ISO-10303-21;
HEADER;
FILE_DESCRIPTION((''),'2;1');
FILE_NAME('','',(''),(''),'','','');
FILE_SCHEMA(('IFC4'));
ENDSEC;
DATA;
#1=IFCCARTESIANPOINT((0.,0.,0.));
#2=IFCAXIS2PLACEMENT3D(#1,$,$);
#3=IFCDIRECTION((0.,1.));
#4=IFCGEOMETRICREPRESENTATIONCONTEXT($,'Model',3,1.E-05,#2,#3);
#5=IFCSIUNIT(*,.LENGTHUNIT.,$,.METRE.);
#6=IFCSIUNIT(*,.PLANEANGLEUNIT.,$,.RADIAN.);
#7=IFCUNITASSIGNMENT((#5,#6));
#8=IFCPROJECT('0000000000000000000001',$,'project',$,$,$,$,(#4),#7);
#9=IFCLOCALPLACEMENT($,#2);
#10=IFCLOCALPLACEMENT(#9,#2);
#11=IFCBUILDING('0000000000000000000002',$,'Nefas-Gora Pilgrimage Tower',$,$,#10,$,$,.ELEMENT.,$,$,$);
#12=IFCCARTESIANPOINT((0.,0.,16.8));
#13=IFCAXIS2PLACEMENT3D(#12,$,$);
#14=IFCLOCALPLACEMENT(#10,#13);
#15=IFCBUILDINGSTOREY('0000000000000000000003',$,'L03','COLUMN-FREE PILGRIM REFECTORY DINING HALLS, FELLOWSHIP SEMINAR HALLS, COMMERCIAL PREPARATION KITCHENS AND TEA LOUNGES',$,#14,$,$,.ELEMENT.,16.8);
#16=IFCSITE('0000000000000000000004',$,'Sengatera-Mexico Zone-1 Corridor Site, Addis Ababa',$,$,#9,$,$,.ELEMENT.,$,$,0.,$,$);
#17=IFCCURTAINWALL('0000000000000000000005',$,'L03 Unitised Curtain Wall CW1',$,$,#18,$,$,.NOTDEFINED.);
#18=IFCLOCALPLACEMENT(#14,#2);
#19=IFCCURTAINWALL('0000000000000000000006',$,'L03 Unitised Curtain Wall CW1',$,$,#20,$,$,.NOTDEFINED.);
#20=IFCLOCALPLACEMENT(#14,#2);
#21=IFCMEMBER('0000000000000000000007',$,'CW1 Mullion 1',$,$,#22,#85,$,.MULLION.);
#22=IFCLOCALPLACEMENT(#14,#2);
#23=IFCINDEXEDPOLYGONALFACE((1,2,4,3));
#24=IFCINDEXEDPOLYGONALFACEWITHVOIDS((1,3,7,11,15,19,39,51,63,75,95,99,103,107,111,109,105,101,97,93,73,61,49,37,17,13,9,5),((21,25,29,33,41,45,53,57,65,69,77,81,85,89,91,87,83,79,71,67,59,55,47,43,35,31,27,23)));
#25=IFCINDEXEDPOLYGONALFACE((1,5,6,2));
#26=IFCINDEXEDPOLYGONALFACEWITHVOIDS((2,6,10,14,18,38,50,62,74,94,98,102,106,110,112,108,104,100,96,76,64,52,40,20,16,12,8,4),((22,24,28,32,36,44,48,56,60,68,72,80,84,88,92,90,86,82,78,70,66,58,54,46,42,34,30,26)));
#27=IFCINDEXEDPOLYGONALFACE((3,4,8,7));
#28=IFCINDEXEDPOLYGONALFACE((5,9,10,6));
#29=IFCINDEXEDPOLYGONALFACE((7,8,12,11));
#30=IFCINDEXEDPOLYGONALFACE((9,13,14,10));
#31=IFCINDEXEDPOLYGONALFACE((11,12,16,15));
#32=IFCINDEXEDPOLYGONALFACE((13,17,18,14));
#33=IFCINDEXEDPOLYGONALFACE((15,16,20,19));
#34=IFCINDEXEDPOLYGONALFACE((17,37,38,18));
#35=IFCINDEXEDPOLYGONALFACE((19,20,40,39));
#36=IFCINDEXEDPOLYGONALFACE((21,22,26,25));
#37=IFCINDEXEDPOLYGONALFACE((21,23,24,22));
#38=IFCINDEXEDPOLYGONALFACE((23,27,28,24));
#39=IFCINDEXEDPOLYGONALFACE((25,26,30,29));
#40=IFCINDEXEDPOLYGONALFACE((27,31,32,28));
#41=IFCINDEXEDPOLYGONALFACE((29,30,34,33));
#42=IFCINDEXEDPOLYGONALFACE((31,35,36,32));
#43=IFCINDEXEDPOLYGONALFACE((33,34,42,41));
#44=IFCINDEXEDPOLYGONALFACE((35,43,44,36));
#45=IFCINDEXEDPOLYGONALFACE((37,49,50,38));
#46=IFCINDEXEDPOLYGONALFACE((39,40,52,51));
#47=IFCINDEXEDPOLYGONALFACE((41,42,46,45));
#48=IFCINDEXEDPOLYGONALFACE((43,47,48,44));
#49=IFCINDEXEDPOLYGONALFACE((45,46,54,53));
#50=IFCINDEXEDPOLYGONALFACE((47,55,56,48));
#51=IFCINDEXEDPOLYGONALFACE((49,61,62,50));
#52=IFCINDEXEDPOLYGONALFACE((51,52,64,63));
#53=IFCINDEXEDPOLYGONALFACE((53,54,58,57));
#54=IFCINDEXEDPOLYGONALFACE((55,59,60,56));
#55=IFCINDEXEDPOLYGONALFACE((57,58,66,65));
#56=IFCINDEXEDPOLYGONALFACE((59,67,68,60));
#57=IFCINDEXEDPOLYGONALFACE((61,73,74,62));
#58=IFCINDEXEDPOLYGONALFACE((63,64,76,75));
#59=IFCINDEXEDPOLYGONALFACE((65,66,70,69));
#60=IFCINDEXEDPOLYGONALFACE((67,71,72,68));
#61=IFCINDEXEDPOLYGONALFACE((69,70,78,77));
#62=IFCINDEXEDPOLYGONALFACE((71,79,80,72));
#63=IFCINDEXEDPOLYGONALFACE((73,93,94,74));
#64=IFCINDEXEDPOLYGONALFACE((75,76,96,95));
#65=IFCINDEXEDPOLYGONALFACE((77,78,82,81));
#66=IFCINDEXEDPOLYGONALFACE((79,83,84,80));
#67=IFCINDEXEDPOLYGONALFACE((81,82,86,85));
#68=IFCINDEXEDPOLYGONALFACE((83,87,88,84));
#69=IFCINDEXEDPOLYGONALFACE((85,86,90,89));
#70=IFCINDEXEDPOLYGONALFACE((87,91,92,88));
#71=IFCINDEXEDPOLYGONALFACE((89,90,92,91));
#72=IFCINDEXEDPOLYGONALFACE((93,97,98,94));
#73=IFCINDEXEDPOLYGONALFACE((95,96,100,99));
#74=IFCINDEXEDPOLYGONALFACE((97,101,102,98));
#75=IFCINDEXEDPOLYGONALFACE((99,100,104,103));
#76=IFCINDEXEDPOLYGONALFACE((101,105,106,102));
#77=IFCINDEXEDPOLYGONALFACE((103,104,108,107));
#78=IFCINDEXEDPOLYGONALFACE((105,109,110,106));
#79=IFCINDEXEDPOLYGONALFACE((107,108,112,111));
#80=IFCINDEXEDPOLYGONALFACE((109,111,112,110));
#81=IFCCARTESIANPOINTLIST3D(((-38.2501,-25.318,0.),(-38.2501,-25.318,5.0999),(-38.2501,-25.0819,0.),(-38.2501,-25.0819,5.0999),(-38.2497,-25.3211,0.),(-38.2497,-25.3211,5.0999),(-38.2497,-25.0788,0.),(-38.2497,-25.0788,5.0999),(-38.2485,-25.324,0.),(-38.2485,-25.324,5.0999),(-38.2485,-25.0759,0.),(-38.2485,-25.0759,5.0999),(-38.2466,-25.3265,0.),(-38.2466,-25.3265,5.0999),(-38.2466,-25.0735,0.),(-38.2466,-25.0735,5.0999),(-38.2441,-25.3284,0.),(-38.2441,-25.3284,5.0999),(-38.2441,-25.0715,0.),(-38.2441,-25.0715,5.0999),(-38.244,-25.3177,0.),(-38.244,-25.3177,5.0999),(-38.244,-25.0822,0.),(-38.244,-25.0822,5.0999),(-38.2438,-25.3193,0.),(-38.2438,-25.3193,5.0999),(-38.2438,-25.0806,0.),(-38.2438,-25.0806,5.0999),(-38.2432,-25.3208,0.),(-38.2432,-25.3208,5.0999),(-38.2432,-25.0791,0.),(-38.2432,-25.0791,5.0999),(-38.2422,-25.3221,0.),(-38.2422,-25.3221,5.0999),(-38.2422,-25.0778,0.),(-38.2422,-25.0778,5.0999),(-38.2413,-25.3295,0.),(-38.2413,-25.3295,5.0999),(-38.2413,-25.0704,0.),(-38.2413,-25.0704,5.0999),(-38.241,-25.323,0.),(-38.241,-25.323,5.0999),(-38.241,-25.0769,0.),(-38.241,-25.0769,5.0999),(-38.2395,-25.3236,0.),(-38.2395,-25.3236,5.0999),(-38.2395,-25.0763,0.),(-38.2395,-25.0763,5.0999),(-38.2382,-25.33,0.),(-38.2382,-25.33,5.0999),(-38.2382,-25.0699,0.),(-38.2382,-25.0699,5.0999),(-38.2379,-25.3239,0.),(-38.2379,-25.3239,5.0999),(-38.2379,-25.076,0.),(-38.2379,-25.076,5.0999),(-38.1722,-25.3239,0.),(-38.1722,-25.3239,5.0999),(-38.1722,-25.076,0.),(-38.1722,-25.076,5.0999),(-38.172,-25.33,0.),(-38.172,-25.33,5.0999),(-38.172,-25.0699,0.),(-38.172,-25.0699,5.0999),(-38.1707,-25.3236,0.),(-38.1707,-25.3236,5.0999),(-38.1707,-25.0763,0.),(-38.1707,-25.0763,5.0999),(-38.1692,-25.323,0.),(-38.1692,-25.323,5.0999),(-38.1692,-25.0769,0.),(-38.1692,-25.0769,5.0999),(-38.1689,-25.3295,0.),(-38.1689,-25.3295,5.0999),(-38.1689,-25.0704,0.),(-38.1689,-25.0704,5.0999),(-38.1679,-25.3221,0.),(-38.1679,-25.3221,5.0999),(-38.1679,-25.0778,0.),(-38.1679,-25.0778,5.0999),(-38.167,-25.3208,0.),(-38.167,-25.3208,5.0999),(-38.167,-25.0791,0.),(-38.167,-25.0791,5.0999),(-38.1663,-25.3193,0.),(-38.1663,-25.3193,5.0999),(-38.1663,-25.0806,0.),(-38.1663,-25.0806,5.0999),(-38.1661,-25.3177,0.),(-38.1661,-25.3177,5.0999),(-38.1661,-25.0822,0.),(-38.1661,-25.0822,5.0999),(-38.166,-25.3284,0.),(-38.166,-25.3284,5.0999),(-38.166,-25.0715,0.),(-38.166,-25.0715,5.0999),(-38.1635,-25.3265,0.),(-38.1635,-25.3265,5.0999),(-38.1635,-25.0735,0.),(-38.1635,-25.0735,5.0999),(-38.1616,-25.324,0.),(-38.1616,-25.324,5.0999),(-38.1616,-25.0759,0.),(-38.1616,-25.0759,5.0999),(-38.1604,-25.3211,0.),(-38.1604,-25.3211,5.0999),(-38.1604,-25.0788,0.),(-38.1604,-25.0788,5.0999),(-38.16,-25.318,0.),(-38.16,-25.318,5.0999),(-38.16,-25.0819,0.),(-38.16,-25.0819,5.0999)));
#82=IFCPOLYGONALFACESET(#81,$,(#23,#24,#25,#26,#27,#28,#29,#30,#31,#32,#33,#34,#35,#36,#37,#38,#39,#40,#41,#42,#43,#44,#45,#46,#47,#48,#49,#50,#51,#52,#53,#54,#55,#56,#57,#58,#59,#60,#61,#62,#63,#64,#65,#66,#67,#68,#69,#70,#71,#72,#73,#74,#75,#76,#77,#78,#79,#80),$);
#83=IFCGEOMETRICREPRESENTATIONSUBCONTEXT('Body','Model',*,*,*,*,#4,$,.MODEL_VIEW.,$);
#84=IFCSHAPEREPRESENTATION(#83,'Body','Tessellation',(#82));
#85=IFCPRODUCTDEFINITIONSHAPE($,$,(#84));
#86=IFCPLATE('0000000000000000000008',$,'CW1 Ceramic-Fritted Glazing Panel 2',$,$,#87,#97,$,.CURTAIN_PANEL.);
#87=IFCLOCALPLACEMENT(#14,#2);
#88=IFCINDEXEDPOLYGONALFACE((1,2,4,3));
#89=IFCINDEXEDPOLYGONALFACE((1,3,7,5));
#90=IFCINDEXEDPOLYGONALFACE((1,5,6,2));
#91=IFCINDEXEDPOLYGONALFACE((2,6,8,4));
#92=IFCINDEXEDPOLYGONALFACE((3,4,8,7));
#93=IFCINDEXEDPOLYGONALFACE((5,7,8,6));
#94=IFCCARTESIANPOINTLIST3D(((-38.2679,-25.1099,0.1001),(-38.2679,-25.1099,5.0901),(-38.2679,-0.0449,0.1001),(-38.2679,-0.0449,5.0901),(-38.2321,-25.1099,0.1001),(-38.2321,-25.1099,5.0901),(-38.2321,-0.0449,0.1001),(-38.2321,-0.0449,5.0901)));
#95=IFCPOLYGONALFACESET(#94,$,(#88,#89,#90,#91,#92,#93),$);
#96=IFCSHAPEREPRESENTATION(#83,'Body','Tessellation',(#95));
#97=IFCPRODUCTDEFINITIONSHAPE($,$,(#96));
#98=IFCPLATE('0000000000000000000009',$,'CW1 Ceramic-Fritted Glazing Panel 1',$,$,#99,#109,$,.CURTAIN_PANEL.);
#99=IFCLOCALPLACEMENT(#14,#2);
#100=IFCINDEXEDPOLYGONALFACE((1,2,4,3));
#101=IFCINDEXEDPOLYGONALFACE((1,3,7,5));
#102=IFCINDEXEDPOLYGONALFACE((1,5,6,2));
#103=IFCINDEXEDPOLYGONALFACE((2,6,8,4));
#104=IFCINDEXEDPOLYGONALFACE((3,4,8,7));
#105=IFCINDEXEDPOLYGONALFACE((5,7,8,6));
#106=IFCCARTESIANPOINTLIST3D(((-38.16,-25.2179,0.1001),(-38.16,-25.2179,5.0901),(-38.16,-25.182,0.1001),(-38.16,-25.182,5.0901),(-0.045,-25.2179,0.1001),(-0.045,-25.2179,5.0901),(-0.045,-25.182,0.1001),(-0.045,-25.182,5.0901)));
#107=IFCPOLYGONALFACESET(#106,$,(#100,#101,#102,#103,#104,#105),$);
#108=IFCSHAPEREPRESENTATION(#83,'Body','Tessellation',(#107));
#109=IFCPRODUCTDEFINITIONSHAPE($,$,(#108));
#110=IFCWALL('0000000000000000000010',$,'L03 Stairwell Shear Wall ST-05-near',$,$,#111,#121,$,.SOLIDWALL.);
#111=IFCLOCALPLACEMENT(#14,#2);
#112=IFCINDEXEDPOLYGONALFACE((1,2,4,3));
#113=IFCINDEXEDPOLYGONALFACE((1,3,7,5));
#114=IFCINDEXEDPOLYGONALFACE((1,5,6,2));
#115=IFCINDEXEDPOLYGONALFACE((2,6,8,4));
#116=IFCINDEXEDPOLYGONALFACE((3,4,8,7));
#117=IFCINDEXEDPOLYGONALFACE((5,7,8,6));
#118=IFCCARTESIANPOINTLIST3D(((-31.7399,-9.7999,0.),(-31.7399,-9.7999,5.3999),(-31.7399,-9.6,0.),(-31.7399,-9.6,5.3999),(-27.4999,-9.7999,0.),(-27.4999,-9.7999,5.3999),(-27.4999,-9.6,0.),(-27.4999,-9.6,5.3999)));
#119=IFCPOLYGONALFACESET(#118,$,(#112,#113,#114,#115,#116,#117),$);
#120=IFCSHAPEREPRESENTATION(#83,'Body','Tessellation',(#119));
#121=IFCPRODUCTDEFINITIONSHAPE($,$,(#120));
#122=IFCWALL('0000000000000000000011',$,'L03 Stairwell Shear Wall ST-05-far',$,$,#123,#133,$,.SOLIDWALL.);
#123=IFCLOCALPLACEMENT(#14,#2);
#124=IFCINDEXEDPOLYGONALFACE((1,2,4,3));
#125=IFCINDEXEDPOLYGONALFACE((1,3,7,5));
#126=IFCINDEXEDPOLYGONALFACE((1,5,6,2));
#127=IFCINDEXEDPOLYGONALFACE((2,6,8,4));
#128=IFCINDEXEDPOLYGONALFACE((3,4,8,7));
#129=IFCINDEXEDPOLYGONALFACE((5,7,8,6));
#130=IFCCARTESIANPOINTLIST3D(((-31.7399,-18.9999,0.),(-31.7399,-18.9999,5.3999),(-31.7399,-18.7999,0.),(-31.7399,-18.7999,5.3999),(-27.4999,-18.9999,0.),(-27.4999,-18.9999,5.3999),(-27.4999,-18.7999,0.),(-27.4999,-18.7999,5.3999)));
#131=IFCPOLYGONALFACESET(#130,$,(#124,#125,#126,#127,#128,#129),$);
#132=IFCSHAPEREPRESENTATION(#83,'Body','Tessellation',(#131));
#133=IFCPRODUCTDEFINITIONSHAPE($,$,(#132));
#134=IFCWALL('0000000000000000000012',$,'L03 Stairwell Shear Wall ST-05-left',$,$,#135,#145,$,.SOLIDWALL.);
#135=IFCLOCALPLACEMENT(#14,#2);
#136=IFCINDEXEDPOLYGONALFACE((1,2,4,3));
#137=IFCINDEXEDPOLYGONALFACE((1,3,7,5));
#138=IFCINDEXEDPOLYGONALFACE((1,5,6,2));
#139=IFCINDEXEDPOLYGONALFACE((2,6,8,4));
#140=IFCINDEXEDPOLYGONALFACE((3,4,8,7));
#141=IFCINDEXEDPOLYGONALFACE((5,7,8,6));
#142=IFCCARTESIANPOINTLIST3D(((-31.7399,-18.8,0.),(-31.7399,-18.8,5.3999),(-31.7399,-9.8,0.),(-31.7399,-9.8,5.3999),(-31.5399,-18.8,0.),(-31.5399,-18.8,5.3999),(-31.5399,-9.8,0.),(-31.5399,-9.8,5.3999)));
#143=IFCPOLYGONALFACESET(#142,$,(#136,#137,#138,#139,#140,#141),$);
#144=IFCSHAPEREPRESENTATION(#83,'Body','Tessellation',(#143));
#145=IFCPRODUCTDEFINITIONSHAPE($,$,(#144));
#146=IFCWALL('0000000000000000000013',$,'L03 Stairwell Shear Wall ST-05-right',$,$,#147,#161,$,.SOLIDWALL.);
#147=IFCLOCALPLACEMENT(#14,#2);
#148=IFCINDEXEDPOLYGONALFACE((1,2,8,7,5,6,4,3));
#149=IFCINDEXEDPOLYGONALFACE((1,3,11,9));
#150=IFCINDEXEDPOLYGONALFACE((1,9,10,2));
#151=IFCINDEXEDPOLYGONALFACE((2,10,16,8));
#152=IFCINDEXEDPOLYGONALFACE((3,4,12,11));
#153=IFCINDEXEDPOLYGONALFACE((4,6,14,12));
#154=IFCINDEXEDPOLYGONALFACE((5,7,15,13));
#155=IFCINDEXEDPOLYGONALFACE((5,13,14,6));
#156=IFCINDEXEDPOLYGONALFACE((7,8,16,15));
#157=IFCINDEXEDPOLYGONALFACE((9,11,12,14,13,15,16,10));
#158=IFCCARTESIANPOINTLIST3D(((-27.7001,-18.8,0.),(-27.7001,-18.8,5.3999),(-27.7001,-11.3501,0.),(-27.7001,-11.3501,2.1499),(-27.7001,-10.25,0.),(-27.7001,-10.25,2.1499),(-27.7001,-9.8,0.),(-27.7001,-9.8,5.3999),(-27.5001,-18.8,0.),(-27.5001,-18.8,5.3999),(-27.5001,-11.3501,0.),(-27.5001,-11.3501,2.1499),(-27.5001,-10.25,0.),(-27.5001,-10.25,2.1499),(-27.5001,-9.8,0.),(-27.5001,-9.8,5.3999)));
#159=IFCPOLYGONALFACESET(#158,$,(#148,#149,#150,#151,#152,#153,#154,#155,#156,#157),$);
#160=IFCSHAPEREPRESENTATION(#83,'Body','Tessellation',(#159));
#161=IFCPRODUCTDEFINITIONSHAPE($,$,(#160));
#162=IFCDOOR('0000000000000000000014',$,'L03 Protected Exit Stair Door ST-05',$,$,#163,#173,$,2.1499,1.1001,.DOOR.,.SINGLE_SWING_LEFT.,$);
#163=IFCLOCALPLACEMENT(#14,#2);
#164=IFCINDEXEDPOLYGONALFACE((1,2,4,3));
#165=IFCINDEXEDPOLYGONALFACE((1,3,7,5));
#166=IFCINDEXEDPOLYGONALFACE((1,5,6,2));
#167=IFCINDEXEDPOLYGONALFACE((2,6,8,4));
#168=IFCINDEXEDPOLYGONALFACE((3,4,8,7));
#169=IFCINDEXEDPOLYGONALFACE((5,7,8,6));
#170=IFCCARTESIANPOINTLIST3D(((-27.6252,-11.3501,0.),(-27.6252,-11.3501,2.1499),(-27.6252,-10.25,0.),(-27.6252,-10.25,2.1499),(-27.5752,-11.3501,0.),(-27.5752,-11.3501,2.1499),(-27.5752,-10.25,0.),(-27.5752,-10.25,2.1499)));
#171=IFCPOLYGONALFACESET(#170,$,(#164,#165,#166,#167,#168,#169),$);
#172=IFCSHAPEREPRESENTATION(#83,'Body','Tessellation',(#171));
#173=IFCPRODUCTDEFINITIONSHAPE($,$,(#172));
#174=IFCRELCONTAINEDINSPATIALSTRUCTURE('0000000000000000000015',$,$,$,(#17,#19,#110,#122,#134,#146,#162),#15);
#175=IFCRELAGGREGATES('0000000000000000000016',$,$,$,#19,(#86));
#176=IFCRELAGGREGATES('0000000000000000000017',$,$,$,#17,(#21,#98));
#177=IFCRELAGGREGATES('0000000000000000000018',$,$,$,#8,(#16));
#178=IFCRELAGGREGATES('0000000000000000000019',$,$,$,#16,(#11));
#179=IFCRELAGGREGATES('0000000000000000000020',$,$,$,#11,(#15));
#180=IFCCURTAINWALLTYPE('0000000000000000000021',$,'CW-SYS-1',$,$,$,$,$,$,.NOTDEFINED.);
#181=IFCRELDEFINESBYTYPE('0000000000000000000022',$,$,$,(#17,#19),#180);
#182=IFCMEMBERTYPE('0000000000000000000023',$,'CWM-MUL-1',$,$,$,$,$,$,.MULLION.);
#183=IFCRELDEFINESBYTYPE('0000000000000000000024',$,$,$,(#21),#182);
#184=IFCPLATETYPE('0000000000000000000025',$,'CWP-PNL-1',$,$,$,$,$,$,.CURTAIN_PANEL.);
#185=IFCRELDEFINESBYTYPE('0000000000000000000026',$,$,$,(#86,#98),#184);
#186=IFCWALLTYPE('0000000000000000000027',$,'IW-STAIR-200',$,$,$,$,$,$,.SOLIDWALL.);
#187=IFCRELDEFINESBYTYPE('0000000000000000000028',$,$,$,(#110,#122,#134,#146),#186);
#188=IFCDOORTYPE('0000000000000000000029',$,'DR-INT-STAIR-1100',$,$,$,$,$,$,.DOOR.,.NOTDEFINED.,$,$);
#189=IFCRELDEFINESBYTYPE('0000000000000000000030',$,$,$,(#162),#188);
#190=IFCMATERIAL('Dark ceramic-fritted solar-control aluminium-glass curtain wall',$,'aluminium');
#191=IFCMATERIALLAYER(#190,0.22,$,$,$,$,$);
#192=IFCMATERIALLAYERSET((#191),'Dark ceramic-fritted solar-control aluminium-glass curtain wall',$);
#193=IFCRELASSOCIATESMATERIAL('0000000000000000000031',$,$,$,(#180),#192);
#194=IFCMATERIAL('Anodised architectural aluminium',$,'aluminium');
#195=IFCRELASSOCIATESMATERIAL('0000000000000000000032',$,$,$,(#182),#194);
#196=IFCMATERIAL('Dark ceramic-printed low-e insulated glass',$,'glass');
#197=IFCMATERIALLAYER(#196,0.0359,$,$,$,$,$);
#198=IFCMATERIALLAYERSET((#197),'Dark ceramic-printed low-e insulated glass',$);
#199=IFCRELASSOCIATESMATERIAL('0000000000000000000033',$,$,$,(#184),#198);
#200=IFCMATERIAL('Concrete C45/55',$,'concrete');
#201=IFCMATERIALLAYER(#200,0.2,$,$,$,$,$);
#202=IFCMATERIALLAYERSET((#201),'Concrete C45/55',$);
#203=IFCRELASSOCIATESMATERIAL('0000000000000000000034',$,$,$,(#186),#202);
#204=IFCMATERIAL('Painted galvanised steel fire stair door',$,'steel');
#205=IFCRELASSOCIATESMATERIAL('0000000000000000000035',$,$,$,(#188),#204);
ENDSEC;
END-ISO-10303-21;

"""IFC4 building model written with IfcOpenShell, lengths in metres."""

from ifc_helpers import new_model, si_unit, direction, frame, frame_2d, origin, origin_2d, place, context, subcontext, project, spatial, rectangle, hollow_rectangle, extrude, source, transform, mapped, material, layer, layer_set, material_profile, profile_set, type_object, element, fill, aggregate, save


model = new_model("IFC4")

# Units and contexts
model_context = context("Model", 3, precision=1e-05, world=origin(), true_north=direction((0.0, 1.0)))
body_context = subcontext(model_context, "Body", "Model", "MODEL_VIEW")
ifc_project = project(units=[si_unit("LENGTHUNIT", "METRE"), si_unit("PLANEANGLEUNIT", "RADIAN")], contexts=[model_context])

# Site, building, storey
site_placement = place(None, origin())
site = spatial("IfcSite", under=ifc_project, at=site_placement, Name="Sengatera-Mexico Zone-1 Corridor Site, Addis Ababa", CompositionType="ELEMENT", RefElevation=0.0)
building_placement = place(site_placement, origin())
building = spatial("IfcBuilding", under=site, at=building_placement, Name="Nefas-Gora Pilgrimage Tower", CompositionType="ELEMENT")
storey_placement = place(building_placement, frame((0.0, 0.0, 16.8)))
storey = spatial("IfcBuildingStorey", under=building, at=storey_placement, Name="L03", Description="COLUMN-FREE PILGRIM REFECTORY DINING HALLS, FELLOWSHIP SEMINAR HALLS, COMMERCIAL PREPARATION KITCHENS AND TEA LOUNGES", CompositionType="ELEMENT", Elevation=16.8)

# Curtain walls
ifc_material_1 = material(Name="Dark ceramic-fritted solar-control aluminium-glass curtain wall", Category="aluminium")
ifc_layer_1 = layer(ifc_material_1, 0.22)
ifc_layer_set_1 = layer_set([ifc_layer_1], Name="Dark ceramic-fritted solar-control aluminium-glass curtain wall")
curtain_wall_type = type_object("IfcCurtainWallType", Name="CW-SYS-1", PredefinedType="NOTDEFINED", material=ifc_layer_set_1)
curtain_wall_1_placement = place(storey_placement, origin())
curtain_wall_1 = element("IfcCurtainWall", 1, at=curtain_wall_1_placement, inside=storey, type_object=curtain_wall_type, Name="L03 Unitised Curtain Wall CW1", PredefinedType="NOTDEFINED")
ifc_material_2 = material(Name="Anodised architectural aluminium", Category="aluminium")
curtain_wall_2_placement = place(storey_placement, origin())
curtain_wall_2 = element("IfcCurtainWall", 2, at=curtain_wall_2_placement, inside=storey, type_object=curtain_wall_type, Name="L03 Unitised Curtain Wall CW1", PredefinedType="NOTDEFINED")
ifc_material_profile_1 = material_profile(ifc_material_2, hollow_rectangle(XDim=0.0901, YDim=0.26, WallThickness=0.0061, InnerFilletRadius=0.0061, OuterFilletRadius=0.012, at=origin_2d()), Name="ALU MULLION 90x260")
ifc_profile_set_1 = profile_set([ifc_material_profile_1], Name="Anodised architectural aluminium")
member_type_1 = type_object("IfcMemberType", Name="CWM-MUL-1", PredefinedType="MULLION", material=ifc_profile_set_1)
shared_shape_1 = source(origin(), body_context, "Body", "SweptSolid", [
    extrude(hollow_rectangle(XDim=0.0901, YDim=0.26, WallThickness=0.0061, InnerFilletRadius=0.0061, OuterFilletRadius=0.012, at=origin_2d()), origin(), (0.0, 0.0, 1.0), 5.0999),
])

# Member
member_1_placement = place(storey_placement, frame((-38.2051, -25.2, 0.0), z_axis=(0.0, 0.0, 1.0), x_axis=(1.0, 0.0, 0.0)))
member_1 = element("IfcMember", 3, at=member_1_placement, type_object=member_type_1, Name="CW1 Mullion 1", PredefinedType="MULLION", context=body_context, shape_type="MappedRepresentation", body=[
    mapped(shared_shape_1, transform((0.0, 0.0, 0.0), x_axis=(1.0, 0.0, 0.0), y_axis=(0.0, 1.0, 0.0), z_axis=(0.0, 0.0, 1.0), scale=1.0)),
])

# Plates
ifc_material_3 = material(Name="Dark ceramic-printed low-e insulated glass", Category="glass")
ifc_layer_2 = layer(ifc_material_3, 0.0359)
ifc_layer_set_2 = layer_set([ifc_layer_2], Name="Dark ceramic-printed low-e insulated glass")
plate_type = type_object("IfcPlateType", Name="CWP-PNL-1", PredefinedType="CURTAIN_PANEL", material=ifc_layer_set_2)
shared_shape_2 = source(origin(), body_context, "Body", "SweptSolid", [
    extrude(rectangle(XDim=25.0649, YDim=0.0359, at=origin_2d()), origin(), (0.0, 0.0, 1.0), 4.99),
])
plate_1_placement = place(storey_placement, frame((-38.25, -12.5774, 0.1001), z_axis=(0.0, 0.0, 1.0), x_axis=(0.0, -1.0, 0.0)))
plate_1 = element("IfcPlate", 4, at=plate_1_placement, type_object=plate_type, Name="CW1 Ceramic-Fritted Glazing Panel 2", PredefinedType="CURTAIN_PANEL", context=body_context, shape_type="MappedRepresentation", body=[
    mapped(shared_shape_2, transform((0.0, 0.0, 0.0), x_axis=(1.0, 0.0, 0.0), y_axis=(0.0, 1.0, 0.0), z_axis=(0.0, 0.0, 1.0), scale=1.0)),
])
aggregate(curtain_wall_2, [plate_1])
shared_shape_3 = source(origin(), body_context, "Body", "SweptSolid", [
    extrude(rectangle(XDim=38.115, YDim=0.0359, at=origin_2d()), origin(), (0.0, 0.0, 1.0), 4.99),
])
plate_2_placement = place(storey_placement, frame((-19.1025, -25.2, 0.1001), z_axis=(0.0, 0.0, 1.0), x_axis=(1.0, 0.0, 0.0)))
plate_2 = element("IfcPlate", 5, at=plate_2_placement, type_object=plate_type, Name="CW1 Ceramic-Fritted Glazing Panel 1", PredefinedType="CURTAIN_PANEL", context=body_context, shape_type="MappedRepresentation", body=[
    mapped(shared_shape_3, transform((0.0, 0.0, 0.0), x_axis=(1.0, 0.0, 0.0), y_axis=(0.0, 1.0, 0.0), z_axis=(0.0, 0.0, 1.0), scale=1.0)),
])
aggregate(curtain_wall_1, [member_1, plate_2])

# Walls
ifc_material_4 = material(Name="Concrete C45/55", Category="concrete")
ifc_layer_3 = layer(ifc_material_4, 0.2)
ifc_layer_set_3 = layer_set([ifc_layer_3], Name="Concrete C45/55")
wall_type_1 = type_object("IfcWallType", Name="IW-STAIR-200", PredefinedType="SOLIDWALL", material=ifc_layer_set_3)
shared_shape_4 = source(origin(), body_context, "Body", "SweptSolid", [
    extrude(rectangle(XDim=4.24, YDim=0.2, at=frame_2d((2.1201, 0.0))), origin(), (0.0, 0.0, 1.0), 5.3999),
])
for number, where, z_axis, x_axis, name in (
    (6, (-31.74, -9.7, 0.0), (0.0, 0.0, 1.0), (1.0, 0.0, 0.0), "L03 Stairwell Shear Wall ST-05-near"),
    (7, (-31.74, -18.8999, 0.0), (0.0, 0.0, 1.0), (1.0, 0.0, 0.0), "L03 Stairwell Shear Wall ST-05-far"),
):
    element("IfcWall", number, at=place(storey_placement, frame(where, z_axis=z_axis, x_axis=x_axis)), inside=storey, type_object=wall_type_1, Name=name, PredefinedType="SOLIDWALL", context=body_context, shape_type="MappedRepresentation", body=[
        mapped(shared_shape_4, transform((0.0, 0.0, 0.0), x_axis=(1.0, 0.0, 0.0), y_axis=(0.0, 1.0, 0.0), z_axis=(0.0, 0.0, 1.0), scale=1.0)),
    ])
shared_shape_5 = source(origin(), body_context, "Body", "SweptSolid", [
    extrude(rectangle(XDim=9.0, YDim=0.2, at=frame_2d((4.5, 0.0))), origin(), (0.0, 0.0, 1.0), 5.3999),
])
wall_1_placement = place(storey_placement, frame((-31.6399, -9.8, 0.0), z_axis=(0.0, 0.0, 1.0), x_axis=(0.0, -1.0, 0.0)))
element("IfcWall", 8, at=wall_1_placement, inside=storey, type_object=wall_type_1, Name="L03 Stairwell Shear Wall ST-05-left", PredefinedType="SOLIDWALL", context=body_context, shape_type="MappedRepresentation", body=[
    mapped(shared_shape_5, transform((0.0, 0.0, 0.0), x_axis=(1.0, 0.0, 0.0), y_axis=(0.0, 1.0, 0.0), z_axis=(0.0, 0.0, 1.0), scale=1.0)),
])

# Wall, opening, door
wall_2_placement = place(storey_placement, frame((-27.6001, -9.8, 0.0), z_axis=(0.0, 0.0, 1.0), x_axis=(0.0, -1.0, 0.0)))
wall_2 = element("IfcWall", 9, at=wall_2_placement, inside=storey, type_object=wall_type_1, Name="L03 Stairwell Shear Wall ST-05-right", PredefinedType="SOLIDWALL", context=body_context, shape_type="MappedRepresentation", body=[
    mapped(shared_shape_5, transform((0.0, 0.0, 0.0), x_axis=(1.0, 0.0, 0.0), y_axis=(0.0, 1.0, 0.0), z_axis=(0.0, 0.0, 1.0), scale=1.0)),
])
opening_1_placement = place(wall_2_placement, frame((0.45, 0.0, 0.0)))
opening_1 = element("IfcOpeningElement", 10, at=opening_1_placement, cuts=wall_2, PredefinedType="OPENING", context=body_context, shape_type="SweptSolid", body=[
    extrude(rectangle(XDim=1.1001, YDim=2.1499, at=frame_2d((0.55, 1.075))), frame((0.0, 0.1099, 0.0), z_axis=(0.0, -1.0, 0.0), x_axis=(1.0, 0.0, 0.0)), (0.0, 0.0, 1.0), 0.22),
])
ifc_material_5 = material(Name="Painted galvanised steel fire stair door", Category="steel")
door_type_1 = type_object("IfcDoorType", Name="DR-INT-STAIR-1100", OperationType="NOTDEFINED", PredefinedType="DOOR", material=ifc_material_5)
shared_shape_6 = source(origin(), body_context, "Body", "SweptSolid", [
    extrude(rectangle(XDim=1.1001, YDim=2.1499, at=frame_2d((0.55, 1.075))), frame((0.0, 0.0249, 0.0), z_axis=(0.0, -1.0, 0.0), x_axis=(1.0, 0.0, 0.0)), (0.0, 0.0, 1.0), 0.05),
])
door_1_placement = place(opening_1_placement, origin())
door_1 = element("IfcDoor", 11, at=door_1_placement, inside=storey, type_object=door_type_1, Name="L03 Protected Exit Stair Door ST-05", OperationType="SINGLE_SWING_LEFT", OverallHeight=2.1499, OverallWidth=1.1001, PredefinedType="DOOR", context=body_context, shape_type="MappedRepresentation", body=[
    mapped(shared_shape_6, transform((0.0, 0.0, 0.0), x_axis=(1.0, 0.0, 0.0), y_axis=(0.0, 1.0, 0.0), z_axis=(0.0, 0.0, 1.0), scale=1.0)),
])
fill(opening_1, door_1)

save(model, "model.ifc")
